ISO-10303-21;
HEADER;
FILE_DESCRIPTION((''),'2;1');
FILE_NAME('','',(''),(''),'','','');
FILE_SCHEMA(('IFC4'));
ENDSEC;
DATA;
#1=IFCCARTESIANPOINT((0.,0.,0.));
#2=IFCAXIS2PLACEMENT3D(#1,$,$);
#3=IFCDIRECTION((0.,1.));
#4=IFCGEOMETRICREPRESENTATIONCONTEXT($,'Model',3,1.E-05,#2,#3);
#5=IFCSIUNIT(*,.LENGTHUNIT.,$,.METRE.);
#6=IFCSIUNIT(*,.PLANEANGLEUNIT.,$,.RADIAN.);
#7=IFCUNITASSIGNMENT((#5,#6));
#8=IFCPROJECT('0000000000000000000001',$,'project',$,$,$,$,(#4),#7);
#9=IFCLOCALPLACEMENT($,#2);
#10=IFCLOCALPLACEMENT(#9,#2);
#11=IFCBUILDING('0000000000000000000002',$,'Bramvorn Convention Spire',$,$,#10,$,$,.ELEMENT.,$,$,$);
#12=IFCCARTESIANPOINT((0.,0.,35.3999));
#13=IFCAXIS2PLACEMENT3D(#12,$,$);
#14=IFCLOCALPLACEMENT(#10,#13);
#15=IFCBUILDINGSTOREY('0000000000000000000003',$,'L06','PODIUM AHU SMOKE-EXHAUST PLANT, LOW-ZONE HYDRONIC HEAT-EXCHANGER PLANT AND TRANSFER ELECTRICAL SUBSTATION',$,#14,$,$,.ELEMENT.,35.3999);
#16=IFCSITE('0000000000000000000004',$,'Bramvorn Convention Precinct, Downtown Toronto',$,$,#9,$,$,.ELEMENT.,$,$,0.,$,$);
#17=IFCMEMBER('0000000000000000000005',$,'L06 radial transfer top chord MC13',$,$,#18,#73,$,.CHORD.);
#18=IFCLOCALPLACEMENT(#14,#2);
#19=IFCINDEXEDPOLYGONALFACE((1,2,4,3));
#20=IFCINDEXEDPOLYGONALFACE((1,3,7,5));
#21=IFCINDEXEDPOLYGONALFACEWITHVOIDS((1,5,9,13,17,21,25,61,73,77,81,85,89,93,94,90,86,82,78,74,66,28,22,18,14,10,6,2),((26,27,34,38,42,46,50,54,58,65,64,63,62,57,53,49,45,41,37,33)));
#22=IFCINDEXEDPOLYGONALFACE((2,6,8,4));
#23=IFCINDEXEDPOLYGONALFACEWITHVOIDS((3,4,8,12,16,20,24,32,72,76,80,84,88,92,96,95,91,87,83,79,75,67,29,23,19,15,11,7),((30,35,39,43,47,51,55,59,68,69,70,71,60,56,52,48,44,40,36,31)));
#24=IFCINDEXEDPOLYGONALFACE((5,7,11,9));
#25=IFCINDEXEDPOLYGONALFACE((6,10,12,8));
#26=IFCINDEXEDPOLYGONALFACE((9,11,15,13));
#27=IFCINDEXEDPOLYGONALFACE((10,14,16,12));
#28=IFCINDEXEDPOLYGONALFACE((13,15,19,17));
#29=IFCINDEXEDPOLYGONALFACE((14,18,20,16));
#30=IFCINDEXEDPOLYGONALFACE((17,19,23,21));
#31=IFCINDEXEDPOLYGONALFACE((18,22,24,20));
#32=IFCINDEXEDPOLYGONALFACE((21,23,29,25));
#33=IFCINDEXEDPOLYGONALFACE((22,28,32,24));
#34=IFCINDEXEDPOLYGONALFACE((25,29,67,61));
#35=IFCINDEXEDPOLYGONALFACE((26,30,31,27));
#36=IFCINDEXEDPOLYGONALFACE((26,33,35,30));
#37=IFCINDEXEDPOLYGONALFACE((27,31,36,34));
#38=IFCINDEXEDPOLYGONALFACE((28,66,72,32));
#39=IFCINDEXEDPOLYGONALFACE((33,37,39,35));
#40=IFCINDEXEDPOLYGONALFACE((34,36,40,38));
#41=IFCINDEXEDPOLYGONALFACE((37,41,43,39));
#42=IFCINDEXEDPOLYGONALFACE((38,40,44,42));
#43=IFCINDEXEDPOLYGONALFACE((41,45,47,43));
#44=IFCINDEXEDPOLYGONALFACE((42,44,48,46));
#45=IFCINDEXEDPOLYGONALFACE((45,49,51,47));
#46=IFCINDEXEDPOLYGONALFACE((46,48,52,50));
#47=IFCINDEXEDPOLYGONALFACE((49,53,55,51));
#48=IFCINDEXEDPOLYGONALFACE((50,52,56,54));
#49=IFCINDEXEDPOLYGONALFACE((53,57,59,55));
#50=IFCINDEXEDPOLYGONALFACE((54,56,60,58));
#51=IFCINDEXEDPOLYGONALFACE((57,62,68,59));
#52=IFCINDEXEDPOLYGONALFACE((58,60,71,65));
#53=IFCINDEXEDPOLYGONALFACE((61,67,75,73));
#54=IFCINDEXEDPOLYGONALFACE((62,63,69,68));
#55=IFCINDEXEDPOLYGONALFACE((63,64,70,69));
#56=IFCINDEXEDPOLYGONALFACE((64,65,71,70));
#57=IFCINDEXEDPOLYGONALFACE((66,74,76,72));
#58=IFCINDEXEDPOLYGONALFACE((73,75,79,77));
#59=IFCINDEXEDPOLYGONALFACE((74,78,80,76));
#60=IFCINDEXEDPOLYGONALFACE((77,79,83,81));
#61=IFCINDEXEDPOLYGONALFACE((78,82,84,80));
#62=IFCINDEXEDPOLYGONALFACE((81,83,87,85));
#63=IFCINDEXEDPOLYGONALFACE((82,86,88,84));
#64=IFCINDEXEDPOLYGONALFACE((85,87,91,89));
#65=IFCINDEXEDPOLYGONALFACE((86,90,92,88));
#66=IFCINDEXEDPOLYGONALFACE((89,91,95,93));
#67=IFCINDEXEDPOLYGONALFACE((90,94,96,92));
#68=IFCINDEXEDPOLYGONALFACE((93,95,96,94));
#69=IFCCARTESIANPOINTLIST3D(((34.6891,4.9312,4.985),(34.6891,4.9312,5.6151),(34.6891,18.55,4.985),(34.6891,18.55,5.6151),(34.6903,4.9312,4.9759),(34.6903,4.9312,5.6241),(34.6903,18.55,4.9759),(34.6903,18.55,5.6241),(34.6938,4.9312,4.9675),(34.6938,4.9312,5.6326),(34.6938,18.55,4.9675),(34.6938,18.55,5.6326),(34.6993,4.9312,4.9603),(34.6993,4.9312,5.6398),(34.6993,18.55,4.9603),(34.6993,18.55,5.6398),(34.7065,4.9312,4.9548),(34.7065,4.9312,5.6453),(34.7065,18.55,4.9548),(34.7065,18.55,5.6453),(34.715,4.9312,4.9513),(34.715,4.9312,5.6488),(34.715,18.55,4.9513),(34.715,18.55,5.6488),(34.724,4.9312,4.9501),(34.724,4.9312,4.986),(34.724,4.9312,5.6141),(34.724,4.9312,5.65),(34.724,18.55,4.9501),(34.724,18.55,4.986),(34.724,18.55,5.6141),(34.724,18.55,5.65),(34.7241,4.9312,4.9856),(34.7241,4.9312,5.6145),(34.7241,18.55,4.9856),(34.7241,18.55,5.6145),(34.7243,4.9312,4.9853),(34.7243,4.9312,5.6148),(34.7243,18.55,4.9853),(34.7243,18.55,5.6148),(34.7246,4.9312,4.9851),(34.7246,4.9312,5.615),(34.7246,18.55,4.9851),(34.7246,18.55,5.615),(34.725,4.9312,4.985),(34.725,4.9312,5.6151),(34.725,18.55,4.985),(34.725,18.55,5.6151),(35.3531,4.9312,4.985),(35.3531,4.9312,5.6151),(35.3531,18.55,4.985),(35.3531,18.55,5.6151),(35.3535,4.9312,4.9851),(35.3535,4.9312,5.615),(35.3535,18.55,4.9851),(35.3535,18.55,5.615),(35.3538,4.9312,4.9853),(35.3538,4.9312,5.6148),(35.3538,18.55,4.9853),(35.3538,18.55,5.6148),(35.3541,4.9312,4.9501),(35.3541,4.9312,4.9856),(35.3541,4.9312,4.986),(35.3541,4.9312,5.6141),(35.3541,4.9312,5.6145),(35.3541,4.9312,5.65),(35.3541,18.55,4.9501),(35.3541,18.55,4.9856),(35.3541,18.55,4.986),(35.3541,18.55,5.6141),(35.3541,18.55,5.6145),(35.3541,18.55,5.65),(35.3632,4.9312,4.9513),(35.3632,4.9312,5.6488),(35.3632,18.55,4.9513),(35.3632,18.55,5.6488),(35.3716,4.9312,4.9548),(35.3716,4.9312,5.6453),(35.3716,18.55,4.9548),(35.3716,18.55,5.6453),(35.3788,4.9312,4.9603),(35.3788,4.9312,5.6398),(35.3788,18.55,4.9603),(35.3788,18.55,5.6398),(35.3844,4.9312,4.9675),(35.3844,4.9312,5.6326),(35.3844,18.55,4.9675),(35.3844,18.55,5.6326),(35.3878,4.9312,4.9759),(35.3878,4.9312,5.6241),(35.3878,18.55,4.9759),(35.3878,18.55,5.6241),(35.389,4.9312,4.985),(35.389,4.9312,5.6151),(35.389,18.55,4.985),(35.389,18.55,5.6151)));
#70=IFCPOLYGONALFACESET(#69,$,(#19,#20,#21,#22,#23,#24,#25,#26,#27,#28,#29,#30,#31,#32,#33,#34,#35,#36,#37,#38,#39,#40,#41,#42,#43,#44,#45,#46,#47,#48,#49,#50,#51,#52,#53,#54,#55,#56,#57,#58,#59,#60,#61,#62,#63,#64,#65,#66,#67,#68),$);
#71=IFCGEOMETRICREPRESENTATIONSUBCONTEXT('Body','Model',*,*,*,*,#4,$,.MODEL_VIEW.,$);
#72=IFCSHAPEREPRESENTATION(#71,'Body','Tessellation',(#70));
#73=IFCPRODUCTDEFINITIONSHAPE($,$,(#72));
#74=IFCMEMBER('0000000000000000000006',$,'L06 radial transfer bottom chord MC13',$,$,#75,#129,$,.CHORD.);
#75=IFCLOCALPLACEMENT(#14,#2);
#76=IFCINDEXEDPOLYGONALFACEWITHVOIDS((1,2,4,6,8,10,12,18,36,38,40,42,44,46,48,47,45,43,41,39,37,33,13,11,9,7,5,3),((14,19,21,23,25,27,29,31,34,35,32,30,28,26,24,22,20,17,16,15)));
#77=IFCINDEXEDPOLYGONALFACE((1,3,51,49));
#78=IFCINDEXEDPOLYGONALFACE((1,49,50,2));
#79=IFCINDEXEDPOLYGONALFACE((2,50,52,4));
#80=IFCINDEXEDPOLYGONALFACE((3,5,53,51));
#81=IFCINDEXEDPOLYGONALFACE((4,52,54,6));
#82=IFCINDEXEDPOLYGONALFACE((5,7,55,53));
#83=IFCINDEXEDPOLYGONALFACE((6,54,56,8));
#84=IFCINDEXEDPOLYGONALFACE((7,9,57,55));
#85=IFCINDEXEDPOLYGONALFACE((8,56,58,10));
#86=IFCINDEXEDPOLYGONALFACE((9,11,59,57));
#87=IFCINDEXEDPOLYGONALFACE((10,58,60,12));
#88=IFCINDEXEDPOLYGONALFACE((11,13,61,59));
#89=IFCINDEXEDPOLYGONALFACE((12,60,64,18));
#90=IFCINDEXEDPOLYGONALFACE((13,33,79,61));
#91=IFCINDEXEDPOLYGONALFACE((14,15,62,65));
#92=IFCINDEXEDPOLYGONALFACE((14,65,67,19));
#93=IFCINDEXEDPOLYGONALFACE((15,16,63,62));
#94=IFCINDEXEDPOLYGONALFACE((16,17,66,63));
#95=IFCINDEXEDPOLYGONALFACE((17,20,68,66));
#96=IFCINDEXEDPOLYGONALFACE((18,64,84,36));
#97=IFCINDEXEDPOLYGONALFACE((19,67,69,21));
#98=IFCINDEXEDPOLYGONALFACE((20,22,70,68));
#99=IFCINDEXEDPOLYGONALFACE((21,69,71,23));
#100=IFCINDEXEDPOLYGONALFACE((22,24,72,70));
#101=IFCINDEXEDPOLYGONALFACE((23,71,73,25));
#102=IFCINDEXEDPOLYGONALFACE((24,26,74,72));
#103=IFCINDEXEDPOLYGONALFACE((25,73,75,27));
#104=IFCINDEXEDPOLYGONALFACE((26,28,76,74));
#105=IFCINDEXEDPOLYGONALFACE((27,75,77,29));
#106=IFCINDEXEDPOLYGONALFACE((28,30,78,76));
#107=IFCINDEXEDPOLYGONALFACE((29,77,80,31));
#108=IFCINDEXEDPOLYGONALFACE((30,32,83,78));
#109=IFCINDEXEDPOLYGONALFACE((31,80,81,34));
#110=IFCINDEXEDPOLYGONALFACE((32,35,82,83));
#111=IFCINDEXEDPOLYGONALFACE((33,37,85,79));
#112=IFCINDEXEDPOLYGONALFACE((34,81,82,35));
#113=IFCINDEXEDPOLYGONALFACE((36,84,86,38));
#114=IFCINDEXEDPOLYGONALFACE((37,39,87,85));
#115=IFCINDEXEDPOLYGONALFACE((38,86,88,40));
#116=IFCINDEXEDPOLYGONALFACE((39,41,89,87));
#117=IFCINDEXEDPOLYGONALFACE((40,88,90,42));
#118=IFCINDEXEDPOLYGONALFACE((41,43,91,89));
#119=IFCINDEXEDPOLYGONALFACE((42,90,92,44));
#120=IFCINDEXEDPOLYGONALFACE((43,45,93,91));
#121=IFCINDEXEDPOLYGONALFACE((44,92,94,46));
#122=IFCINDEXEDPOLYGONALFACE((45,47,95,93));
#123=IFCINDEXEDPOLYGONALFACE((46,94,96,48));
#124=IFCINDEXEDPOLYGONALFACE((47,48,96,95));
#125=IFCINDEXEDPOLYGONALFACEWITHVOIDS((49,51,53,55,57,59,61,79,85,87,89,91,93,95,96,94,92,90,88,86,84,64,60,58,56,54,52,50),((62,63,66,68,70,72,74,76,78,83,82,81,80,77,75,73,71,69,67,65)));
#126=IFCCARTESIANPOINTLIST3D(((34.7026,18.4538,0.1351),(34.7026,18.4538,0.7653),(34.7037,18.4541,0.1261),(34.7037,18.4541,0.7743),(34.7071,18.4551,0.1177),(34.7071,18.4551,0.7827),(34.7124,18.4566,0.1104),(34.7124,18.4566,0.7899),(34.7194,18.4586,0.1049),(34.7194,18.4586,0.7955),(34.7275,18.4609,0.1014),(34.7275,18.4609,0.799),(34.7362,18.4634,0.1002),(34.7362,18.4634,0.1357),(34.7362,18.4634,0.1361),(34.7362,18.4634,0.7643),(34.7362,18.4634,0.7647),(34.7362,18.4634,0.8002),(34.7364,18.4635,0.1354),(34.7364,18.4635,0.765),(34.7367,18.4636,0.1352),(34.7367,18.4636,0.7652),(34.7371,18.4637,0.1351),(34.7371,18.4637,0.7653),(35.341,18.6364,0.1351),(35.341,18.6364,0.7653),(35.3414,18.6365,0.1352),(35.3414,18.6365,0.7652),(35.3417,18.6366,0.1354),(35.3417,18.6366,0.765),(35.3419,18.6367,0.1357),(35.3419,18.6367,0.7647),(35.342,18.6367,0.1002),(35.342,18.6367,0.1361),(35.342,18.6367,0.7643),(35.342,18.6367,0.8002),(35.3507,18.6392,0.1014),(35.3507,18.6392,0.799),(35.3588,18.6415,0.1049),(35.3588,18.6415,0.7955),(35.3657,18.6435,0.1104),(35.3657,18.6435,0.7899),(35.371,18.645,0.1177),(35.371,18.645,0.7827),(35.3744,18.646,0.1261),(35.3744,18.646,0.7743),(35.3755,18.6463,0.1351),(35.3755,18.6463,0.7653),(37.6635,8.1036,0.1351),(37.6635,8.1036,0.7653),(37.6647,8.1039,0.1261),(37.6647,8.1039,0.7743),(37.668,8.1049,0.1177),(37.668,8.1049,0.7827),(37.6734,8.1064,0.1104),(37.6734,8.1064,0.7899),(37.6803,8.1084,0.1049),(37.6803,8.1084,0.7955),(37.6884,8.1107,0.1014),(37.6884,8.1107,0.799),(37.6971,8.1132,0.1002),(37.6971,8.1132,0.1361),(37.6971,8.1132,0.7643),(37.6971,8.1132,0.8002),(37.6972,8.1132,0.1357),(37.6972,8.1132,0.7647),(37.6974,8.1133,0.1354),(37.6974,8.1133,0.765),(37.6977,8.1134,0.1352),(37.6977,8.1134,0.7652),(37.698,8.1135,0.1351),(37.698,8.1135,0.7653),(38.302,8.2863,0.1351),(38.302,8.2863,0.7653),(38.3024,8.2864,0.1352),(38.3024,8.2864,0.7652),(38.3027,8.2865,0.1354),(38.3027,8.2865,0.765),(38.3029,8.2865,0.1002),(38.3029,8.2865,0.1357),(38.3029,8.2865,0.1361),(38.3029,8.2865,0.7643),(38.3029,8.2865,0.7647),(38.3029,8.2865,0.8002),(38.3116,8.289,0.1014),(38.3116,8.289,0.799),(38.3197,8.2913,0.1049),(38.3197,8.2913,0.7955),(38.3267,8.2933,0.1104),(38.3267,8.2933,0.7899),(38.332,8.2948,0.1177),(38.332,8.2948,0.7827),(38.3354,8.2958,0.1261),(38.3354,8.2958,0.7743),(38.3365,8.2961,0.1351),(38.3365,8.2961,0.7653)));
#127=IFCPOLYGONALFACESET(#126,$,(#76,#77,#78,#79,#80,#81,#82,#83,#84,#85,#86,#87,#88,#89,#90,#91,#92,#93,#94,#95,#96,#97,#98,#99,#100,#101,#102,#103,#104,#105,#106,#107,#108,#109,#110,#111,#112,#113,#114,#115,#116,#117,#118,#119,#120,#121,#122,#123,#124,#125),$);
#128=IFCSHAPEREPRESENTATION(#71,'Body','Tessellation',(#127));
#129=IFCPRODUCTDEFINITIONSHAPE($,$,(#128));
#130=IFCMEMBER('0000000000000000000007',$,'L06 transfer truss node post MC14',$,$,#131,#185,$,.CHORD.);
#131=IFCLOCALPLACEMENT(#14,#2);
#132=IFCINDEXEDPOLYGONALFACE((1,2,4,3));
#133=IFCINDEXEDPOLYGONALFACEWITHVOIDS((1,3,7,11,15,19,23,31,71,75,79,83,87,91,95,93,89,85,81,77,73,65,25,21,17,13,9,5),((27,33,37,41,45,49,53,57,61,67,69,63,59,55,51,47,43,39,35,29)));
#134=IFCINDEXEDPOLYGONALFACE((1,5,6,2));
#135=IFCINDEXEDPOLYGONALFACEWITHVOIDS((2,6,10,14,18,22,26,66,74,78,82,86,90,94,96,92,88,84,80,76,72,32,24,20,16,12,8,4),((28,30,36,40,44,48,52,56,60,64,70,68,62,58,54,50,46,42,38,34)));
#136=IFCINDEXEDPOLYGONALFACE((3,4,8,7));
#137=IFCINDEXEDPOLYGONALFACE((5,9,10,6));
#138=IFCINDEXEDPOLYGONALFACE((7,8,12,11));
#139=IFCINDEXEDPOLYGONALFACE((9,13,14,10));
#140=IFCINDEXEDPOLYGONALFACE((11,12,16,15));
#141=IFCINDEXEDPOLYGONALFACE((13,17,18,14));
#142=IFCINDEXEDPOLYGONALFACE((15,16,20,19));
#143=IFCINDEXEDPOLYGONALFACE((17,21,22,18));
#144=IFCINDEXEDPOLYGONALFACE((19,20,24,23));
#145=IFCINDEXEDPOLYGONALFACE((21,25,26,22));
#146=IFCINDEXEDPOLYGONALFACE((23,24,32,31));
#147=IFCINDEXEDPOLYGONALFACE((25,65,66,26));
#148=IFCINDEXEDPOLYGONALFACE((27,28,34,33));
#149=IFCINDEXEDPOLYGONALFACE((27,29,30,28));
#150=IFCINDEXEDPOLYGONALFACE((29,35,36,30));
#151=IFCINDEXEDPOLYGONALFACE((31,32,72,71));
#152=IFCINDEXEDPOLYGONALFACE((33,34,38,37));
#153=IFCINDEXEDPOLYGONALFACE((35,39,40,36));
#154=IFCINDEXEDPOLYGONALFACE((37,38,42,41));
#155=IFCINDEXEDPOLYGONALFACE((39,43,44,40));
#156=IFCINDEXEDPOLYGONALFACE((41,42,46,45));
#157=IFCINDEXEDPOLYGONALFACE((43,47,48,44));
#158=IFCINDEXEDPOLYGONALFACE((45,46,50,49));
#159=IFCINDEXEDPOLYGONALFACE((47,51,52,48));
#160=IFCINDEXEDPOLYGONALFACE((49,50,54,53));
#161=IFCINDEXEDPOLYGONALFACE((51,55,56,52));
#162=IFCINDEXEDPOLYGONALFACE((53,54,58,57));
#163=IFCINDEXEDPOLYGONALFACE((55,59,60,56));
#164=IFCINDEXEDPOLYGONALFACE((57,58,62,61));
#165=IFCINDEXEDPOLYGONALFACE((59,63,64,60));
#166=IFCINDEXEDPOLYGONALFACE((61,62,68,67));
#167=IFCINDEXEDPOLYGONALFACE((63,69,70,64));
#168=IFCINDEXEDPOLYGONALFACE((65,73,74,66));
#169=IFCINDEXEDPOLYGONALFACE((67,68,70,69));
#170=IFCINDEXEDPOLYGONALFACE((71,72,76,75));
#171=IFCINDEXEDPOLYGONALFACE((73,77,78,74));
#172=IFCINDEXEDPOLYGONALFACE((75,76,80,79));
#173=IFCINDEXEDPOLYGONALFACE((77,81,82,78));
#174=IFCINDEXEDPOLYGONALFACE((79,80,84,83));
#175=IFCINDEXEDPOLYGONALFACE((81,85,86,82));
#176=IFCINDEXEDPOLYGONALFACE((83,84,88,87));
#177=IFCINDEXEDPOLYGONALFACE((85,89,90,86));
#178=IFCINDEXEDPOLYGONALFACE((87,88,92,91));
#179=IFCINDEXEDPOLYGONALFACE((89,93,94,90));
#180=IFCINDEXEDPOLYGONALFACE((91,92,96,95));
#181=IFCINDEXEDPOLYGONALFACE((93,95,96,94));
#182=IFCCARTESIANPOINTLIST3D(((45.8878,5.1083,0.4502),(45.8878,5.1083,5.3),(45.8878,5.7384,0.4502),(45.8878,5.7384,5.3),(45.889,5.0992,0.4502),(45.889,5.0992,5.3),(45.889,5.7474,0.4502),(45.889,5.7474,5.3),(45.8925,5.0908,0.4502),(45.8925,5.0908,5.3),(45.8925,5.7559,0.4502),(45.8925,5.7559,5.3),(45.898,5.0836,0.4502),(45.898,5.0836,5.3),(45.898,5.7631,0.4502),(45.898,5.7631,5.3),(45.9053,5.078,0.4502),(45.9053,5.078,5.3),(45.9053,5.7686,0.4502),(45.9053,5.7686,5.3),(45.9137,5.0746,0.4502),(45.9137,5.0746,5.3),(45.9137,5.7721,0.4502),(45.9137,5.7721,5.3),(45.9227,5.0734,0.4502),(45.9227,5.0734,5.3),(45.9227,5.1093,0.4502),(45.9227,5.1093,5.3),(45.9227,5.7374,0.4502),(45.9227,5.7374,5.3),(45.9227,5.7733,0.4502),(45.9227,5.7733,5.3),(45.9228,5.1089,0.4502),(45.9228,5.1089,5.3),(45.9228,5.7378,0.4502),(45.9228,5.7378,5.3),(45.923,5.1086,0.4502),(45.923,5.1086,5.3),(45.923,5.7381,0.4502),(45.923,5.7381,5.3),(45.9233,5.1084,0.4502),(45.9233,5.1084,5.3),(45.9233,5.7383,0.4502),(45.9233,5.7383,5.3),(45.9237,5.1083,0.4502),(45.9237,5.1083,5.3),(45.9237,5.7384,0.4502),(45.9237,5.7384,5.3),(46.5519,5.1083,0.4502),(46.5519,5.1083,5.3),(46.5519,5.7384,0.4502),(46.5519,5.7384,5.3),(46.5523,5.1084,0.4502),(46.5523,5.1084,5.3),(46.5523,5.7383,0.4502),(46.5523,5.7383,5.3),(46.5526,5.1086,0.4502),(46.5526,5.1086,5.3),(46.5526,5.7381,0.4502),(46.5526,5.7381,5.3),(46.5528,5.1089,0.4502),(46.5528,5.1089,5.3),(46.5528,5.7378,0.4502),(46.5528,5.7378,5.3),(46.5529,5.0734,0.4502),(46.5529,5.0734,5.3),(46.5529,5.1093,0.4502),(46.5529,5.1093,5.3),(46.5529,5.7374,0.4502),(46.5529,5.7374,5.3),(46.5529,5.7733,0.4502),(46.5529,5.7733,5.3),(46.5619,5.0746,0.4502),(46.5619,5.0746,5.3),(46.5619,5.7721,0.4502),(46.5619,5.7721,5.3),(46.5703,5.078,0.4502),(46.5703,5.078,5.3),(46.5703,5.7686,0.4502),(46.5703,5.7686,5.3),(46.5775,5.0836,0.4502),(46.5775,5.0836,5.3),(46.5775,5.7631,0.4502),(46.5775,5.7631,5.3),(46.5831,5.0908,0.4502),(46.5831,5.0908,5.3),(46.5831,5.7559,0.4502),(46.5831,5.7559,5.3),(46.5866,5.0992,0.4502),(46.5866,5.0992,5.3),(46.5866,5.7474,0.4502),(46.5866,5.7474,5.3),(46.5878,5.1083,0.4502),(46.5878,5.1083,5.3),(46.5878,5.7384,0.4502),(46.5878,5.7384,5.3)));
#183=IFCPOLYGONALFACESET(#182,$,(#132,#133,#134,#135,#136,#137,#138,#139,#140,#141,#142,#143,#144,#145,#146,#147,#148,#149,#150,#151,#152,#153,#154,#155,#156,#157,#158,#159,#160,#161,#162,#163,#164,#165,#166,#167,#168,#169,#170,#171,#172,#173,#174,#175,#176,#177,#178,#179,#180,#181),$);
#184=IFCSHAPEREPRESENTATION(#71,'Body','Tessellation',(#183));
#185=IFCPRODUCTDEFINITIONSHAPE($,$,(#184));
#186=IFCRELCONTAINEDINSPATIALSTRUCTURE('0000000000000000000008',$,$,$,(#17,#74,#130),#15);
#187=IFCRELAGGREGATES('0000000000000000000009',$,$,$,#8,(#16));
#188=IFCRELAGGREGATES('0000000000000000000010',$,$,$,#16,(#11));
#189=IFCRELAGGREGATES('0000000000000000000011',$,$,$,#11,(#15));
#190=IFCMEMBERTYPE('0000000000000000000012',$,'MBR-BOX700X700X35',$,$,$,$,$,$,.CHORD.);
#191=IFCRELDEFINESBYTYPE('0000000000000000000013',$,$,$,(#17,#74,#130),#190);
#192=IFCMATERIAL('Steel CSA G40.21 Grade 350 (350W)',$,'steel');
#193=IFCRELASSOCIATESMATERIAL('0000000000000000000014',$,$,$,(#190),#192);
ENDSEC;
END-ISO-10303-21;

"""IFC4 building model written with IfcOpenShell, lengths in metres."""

from ifc_helpers import new_model, si_unit, direction, frame, origin, origin_2d, place, context, subcontext, project, spatial, hollow_rectangle, extrude, material, material_profile, profile_set, type_object, element, save


model = new_model("IFC4")

# Units and contexts
model_context = context("Model", 3, precision=1e-05, world=origin(), true_north=direction((0.0, 1.0)))
body_context = subcontext(model_context, "Body", "Model", "MODEL_VIEW")
ifc_project = project(units=[si_unit("LENGTHUNIT", "METRE"), si_unit("PLANEANGLEUNIT", "RADIAN")], contexts=[model_context])

# Site, building, storey
site_placement = place(None, origin())
site = spatial("IfcSite", under=ifc_project, at=site_placement, Name="Bramvorn Convention Precinct, Downtown Toronto", CompositionType="ELEMENT", RefElevation=0.0)
building_placement = place(site_placement, origin())
building = spatial("IfcBuilding", under=site, at=building_placement, Name="Bramvorn Convention Spire", CompositionType="ELEMENT")
storey_placement = place(building_placement, frame((0.0, 0.0, 35.3999)))
storey = spatial("IfcBuildingStorey", under=building, at=storey_placement, Name="L06", Description="PODIUM AHU SMOKE-EXHAUST PLANT, LOW-ZONE HYDRONIC HEAT-EXCHANGER PLANT AND TRANSFER ELECTRICAL SUBSTATION", CompositionType="ELEMENT", Elevation=35.3999)

# Shared definitions
ifc_material_1 = material(Name="Steel CSA G40.21 Grade 350 (350W)", Category="steel")

# Members
ifc_material_profile_1 = material_profile(ifc_material_1, hollow_rectangle(XDim=0.7, YDim=0.7, WallThickness=0.0349, InnerFilletRadius=0.001, OuterFilletRadius=0.0349, at=origin_2d()))
ifc_profile_set_1 = profile_set([ifc_material_profile_1], Name="Steel CSA G40.21 Grade 350 (350W) - BOX700X700X35")
member_type_1 = type_object("IfcMemberType", Name="MBR-BOX700X700X35", PredefinedType="CHORD", material=ifc_profile_set_1)
member_1_placement = place(storey_placement, frame((35.0391, 18.55, 5.3), z_axis=(0.0, -1.0, 0.0), x_axis=(1.0, 0.0, 0.0)))
element("IfcMember", 1, at=member_1_placement, inside=storey, type_object=member_type_1, Name="L06 radial transfer top chord MC13", PredefinedType="CHORD", context=body_context, shape_type="SweptSolid", body=[
    extrude(hollow_rectangle(XDim=0.7, YDim=0.7, WallThickness=0.0349, InnerFilletRadius=0.001, OuterFilletRadius=0.0349, at=origin_2d()), origin(), (0.0, 0.0, 1.0), 13.6189),
])
member_2_placement = place(storey_placement, frame((35.0391, 18.55, 0.4502), z_axis=(0.275045, -0.961431, 0.0), x_axis=(0.961431, 0.275045, 0.0)))
element("IfcMember", 2, at=member_2_placement, inside=storey, type_object=member_type_1, Name="L06 radial transfer bottom chord MC13", PredefinedType="CHORD", context=body_context, shape_type="SweptSolid", body=[
    extrude(hollow_rectangle(XDim=0.7, YDim=0.7, WallThickness=0.0349, InnerFilletRadius=0.001, OuterFilletRadius=0.0349, at=origin_2d()), origin(), (0.0, 0.0, 1.0), 10.7654),
])
member_3_placement = place(storey_placement, frame((46.2378, 5.4233, 0.4502), z_axis=(0.0, 0.0, 1.0), x_axis=(1.0, 0.0, 0.0)))
element("IfcMember", 3, at=member_3_placement, inside=storey, type_object=member_type_1, Name="L06 transfer truss node post MC14", PredefinedType="CHORD", context=body_context, shape_type="SweptSolid", body=[
    extrude(hollow_rectangle(XDim=0.7, YDim=0.7, WallThickness=0.0349, InnerFilletRadius=0.001, OuterFilletRadius=0.0349, at=origin_2d()), origin(), (0.0, 0.0, 1.0), 4.8499),
])

save(model, "model.ifc")
